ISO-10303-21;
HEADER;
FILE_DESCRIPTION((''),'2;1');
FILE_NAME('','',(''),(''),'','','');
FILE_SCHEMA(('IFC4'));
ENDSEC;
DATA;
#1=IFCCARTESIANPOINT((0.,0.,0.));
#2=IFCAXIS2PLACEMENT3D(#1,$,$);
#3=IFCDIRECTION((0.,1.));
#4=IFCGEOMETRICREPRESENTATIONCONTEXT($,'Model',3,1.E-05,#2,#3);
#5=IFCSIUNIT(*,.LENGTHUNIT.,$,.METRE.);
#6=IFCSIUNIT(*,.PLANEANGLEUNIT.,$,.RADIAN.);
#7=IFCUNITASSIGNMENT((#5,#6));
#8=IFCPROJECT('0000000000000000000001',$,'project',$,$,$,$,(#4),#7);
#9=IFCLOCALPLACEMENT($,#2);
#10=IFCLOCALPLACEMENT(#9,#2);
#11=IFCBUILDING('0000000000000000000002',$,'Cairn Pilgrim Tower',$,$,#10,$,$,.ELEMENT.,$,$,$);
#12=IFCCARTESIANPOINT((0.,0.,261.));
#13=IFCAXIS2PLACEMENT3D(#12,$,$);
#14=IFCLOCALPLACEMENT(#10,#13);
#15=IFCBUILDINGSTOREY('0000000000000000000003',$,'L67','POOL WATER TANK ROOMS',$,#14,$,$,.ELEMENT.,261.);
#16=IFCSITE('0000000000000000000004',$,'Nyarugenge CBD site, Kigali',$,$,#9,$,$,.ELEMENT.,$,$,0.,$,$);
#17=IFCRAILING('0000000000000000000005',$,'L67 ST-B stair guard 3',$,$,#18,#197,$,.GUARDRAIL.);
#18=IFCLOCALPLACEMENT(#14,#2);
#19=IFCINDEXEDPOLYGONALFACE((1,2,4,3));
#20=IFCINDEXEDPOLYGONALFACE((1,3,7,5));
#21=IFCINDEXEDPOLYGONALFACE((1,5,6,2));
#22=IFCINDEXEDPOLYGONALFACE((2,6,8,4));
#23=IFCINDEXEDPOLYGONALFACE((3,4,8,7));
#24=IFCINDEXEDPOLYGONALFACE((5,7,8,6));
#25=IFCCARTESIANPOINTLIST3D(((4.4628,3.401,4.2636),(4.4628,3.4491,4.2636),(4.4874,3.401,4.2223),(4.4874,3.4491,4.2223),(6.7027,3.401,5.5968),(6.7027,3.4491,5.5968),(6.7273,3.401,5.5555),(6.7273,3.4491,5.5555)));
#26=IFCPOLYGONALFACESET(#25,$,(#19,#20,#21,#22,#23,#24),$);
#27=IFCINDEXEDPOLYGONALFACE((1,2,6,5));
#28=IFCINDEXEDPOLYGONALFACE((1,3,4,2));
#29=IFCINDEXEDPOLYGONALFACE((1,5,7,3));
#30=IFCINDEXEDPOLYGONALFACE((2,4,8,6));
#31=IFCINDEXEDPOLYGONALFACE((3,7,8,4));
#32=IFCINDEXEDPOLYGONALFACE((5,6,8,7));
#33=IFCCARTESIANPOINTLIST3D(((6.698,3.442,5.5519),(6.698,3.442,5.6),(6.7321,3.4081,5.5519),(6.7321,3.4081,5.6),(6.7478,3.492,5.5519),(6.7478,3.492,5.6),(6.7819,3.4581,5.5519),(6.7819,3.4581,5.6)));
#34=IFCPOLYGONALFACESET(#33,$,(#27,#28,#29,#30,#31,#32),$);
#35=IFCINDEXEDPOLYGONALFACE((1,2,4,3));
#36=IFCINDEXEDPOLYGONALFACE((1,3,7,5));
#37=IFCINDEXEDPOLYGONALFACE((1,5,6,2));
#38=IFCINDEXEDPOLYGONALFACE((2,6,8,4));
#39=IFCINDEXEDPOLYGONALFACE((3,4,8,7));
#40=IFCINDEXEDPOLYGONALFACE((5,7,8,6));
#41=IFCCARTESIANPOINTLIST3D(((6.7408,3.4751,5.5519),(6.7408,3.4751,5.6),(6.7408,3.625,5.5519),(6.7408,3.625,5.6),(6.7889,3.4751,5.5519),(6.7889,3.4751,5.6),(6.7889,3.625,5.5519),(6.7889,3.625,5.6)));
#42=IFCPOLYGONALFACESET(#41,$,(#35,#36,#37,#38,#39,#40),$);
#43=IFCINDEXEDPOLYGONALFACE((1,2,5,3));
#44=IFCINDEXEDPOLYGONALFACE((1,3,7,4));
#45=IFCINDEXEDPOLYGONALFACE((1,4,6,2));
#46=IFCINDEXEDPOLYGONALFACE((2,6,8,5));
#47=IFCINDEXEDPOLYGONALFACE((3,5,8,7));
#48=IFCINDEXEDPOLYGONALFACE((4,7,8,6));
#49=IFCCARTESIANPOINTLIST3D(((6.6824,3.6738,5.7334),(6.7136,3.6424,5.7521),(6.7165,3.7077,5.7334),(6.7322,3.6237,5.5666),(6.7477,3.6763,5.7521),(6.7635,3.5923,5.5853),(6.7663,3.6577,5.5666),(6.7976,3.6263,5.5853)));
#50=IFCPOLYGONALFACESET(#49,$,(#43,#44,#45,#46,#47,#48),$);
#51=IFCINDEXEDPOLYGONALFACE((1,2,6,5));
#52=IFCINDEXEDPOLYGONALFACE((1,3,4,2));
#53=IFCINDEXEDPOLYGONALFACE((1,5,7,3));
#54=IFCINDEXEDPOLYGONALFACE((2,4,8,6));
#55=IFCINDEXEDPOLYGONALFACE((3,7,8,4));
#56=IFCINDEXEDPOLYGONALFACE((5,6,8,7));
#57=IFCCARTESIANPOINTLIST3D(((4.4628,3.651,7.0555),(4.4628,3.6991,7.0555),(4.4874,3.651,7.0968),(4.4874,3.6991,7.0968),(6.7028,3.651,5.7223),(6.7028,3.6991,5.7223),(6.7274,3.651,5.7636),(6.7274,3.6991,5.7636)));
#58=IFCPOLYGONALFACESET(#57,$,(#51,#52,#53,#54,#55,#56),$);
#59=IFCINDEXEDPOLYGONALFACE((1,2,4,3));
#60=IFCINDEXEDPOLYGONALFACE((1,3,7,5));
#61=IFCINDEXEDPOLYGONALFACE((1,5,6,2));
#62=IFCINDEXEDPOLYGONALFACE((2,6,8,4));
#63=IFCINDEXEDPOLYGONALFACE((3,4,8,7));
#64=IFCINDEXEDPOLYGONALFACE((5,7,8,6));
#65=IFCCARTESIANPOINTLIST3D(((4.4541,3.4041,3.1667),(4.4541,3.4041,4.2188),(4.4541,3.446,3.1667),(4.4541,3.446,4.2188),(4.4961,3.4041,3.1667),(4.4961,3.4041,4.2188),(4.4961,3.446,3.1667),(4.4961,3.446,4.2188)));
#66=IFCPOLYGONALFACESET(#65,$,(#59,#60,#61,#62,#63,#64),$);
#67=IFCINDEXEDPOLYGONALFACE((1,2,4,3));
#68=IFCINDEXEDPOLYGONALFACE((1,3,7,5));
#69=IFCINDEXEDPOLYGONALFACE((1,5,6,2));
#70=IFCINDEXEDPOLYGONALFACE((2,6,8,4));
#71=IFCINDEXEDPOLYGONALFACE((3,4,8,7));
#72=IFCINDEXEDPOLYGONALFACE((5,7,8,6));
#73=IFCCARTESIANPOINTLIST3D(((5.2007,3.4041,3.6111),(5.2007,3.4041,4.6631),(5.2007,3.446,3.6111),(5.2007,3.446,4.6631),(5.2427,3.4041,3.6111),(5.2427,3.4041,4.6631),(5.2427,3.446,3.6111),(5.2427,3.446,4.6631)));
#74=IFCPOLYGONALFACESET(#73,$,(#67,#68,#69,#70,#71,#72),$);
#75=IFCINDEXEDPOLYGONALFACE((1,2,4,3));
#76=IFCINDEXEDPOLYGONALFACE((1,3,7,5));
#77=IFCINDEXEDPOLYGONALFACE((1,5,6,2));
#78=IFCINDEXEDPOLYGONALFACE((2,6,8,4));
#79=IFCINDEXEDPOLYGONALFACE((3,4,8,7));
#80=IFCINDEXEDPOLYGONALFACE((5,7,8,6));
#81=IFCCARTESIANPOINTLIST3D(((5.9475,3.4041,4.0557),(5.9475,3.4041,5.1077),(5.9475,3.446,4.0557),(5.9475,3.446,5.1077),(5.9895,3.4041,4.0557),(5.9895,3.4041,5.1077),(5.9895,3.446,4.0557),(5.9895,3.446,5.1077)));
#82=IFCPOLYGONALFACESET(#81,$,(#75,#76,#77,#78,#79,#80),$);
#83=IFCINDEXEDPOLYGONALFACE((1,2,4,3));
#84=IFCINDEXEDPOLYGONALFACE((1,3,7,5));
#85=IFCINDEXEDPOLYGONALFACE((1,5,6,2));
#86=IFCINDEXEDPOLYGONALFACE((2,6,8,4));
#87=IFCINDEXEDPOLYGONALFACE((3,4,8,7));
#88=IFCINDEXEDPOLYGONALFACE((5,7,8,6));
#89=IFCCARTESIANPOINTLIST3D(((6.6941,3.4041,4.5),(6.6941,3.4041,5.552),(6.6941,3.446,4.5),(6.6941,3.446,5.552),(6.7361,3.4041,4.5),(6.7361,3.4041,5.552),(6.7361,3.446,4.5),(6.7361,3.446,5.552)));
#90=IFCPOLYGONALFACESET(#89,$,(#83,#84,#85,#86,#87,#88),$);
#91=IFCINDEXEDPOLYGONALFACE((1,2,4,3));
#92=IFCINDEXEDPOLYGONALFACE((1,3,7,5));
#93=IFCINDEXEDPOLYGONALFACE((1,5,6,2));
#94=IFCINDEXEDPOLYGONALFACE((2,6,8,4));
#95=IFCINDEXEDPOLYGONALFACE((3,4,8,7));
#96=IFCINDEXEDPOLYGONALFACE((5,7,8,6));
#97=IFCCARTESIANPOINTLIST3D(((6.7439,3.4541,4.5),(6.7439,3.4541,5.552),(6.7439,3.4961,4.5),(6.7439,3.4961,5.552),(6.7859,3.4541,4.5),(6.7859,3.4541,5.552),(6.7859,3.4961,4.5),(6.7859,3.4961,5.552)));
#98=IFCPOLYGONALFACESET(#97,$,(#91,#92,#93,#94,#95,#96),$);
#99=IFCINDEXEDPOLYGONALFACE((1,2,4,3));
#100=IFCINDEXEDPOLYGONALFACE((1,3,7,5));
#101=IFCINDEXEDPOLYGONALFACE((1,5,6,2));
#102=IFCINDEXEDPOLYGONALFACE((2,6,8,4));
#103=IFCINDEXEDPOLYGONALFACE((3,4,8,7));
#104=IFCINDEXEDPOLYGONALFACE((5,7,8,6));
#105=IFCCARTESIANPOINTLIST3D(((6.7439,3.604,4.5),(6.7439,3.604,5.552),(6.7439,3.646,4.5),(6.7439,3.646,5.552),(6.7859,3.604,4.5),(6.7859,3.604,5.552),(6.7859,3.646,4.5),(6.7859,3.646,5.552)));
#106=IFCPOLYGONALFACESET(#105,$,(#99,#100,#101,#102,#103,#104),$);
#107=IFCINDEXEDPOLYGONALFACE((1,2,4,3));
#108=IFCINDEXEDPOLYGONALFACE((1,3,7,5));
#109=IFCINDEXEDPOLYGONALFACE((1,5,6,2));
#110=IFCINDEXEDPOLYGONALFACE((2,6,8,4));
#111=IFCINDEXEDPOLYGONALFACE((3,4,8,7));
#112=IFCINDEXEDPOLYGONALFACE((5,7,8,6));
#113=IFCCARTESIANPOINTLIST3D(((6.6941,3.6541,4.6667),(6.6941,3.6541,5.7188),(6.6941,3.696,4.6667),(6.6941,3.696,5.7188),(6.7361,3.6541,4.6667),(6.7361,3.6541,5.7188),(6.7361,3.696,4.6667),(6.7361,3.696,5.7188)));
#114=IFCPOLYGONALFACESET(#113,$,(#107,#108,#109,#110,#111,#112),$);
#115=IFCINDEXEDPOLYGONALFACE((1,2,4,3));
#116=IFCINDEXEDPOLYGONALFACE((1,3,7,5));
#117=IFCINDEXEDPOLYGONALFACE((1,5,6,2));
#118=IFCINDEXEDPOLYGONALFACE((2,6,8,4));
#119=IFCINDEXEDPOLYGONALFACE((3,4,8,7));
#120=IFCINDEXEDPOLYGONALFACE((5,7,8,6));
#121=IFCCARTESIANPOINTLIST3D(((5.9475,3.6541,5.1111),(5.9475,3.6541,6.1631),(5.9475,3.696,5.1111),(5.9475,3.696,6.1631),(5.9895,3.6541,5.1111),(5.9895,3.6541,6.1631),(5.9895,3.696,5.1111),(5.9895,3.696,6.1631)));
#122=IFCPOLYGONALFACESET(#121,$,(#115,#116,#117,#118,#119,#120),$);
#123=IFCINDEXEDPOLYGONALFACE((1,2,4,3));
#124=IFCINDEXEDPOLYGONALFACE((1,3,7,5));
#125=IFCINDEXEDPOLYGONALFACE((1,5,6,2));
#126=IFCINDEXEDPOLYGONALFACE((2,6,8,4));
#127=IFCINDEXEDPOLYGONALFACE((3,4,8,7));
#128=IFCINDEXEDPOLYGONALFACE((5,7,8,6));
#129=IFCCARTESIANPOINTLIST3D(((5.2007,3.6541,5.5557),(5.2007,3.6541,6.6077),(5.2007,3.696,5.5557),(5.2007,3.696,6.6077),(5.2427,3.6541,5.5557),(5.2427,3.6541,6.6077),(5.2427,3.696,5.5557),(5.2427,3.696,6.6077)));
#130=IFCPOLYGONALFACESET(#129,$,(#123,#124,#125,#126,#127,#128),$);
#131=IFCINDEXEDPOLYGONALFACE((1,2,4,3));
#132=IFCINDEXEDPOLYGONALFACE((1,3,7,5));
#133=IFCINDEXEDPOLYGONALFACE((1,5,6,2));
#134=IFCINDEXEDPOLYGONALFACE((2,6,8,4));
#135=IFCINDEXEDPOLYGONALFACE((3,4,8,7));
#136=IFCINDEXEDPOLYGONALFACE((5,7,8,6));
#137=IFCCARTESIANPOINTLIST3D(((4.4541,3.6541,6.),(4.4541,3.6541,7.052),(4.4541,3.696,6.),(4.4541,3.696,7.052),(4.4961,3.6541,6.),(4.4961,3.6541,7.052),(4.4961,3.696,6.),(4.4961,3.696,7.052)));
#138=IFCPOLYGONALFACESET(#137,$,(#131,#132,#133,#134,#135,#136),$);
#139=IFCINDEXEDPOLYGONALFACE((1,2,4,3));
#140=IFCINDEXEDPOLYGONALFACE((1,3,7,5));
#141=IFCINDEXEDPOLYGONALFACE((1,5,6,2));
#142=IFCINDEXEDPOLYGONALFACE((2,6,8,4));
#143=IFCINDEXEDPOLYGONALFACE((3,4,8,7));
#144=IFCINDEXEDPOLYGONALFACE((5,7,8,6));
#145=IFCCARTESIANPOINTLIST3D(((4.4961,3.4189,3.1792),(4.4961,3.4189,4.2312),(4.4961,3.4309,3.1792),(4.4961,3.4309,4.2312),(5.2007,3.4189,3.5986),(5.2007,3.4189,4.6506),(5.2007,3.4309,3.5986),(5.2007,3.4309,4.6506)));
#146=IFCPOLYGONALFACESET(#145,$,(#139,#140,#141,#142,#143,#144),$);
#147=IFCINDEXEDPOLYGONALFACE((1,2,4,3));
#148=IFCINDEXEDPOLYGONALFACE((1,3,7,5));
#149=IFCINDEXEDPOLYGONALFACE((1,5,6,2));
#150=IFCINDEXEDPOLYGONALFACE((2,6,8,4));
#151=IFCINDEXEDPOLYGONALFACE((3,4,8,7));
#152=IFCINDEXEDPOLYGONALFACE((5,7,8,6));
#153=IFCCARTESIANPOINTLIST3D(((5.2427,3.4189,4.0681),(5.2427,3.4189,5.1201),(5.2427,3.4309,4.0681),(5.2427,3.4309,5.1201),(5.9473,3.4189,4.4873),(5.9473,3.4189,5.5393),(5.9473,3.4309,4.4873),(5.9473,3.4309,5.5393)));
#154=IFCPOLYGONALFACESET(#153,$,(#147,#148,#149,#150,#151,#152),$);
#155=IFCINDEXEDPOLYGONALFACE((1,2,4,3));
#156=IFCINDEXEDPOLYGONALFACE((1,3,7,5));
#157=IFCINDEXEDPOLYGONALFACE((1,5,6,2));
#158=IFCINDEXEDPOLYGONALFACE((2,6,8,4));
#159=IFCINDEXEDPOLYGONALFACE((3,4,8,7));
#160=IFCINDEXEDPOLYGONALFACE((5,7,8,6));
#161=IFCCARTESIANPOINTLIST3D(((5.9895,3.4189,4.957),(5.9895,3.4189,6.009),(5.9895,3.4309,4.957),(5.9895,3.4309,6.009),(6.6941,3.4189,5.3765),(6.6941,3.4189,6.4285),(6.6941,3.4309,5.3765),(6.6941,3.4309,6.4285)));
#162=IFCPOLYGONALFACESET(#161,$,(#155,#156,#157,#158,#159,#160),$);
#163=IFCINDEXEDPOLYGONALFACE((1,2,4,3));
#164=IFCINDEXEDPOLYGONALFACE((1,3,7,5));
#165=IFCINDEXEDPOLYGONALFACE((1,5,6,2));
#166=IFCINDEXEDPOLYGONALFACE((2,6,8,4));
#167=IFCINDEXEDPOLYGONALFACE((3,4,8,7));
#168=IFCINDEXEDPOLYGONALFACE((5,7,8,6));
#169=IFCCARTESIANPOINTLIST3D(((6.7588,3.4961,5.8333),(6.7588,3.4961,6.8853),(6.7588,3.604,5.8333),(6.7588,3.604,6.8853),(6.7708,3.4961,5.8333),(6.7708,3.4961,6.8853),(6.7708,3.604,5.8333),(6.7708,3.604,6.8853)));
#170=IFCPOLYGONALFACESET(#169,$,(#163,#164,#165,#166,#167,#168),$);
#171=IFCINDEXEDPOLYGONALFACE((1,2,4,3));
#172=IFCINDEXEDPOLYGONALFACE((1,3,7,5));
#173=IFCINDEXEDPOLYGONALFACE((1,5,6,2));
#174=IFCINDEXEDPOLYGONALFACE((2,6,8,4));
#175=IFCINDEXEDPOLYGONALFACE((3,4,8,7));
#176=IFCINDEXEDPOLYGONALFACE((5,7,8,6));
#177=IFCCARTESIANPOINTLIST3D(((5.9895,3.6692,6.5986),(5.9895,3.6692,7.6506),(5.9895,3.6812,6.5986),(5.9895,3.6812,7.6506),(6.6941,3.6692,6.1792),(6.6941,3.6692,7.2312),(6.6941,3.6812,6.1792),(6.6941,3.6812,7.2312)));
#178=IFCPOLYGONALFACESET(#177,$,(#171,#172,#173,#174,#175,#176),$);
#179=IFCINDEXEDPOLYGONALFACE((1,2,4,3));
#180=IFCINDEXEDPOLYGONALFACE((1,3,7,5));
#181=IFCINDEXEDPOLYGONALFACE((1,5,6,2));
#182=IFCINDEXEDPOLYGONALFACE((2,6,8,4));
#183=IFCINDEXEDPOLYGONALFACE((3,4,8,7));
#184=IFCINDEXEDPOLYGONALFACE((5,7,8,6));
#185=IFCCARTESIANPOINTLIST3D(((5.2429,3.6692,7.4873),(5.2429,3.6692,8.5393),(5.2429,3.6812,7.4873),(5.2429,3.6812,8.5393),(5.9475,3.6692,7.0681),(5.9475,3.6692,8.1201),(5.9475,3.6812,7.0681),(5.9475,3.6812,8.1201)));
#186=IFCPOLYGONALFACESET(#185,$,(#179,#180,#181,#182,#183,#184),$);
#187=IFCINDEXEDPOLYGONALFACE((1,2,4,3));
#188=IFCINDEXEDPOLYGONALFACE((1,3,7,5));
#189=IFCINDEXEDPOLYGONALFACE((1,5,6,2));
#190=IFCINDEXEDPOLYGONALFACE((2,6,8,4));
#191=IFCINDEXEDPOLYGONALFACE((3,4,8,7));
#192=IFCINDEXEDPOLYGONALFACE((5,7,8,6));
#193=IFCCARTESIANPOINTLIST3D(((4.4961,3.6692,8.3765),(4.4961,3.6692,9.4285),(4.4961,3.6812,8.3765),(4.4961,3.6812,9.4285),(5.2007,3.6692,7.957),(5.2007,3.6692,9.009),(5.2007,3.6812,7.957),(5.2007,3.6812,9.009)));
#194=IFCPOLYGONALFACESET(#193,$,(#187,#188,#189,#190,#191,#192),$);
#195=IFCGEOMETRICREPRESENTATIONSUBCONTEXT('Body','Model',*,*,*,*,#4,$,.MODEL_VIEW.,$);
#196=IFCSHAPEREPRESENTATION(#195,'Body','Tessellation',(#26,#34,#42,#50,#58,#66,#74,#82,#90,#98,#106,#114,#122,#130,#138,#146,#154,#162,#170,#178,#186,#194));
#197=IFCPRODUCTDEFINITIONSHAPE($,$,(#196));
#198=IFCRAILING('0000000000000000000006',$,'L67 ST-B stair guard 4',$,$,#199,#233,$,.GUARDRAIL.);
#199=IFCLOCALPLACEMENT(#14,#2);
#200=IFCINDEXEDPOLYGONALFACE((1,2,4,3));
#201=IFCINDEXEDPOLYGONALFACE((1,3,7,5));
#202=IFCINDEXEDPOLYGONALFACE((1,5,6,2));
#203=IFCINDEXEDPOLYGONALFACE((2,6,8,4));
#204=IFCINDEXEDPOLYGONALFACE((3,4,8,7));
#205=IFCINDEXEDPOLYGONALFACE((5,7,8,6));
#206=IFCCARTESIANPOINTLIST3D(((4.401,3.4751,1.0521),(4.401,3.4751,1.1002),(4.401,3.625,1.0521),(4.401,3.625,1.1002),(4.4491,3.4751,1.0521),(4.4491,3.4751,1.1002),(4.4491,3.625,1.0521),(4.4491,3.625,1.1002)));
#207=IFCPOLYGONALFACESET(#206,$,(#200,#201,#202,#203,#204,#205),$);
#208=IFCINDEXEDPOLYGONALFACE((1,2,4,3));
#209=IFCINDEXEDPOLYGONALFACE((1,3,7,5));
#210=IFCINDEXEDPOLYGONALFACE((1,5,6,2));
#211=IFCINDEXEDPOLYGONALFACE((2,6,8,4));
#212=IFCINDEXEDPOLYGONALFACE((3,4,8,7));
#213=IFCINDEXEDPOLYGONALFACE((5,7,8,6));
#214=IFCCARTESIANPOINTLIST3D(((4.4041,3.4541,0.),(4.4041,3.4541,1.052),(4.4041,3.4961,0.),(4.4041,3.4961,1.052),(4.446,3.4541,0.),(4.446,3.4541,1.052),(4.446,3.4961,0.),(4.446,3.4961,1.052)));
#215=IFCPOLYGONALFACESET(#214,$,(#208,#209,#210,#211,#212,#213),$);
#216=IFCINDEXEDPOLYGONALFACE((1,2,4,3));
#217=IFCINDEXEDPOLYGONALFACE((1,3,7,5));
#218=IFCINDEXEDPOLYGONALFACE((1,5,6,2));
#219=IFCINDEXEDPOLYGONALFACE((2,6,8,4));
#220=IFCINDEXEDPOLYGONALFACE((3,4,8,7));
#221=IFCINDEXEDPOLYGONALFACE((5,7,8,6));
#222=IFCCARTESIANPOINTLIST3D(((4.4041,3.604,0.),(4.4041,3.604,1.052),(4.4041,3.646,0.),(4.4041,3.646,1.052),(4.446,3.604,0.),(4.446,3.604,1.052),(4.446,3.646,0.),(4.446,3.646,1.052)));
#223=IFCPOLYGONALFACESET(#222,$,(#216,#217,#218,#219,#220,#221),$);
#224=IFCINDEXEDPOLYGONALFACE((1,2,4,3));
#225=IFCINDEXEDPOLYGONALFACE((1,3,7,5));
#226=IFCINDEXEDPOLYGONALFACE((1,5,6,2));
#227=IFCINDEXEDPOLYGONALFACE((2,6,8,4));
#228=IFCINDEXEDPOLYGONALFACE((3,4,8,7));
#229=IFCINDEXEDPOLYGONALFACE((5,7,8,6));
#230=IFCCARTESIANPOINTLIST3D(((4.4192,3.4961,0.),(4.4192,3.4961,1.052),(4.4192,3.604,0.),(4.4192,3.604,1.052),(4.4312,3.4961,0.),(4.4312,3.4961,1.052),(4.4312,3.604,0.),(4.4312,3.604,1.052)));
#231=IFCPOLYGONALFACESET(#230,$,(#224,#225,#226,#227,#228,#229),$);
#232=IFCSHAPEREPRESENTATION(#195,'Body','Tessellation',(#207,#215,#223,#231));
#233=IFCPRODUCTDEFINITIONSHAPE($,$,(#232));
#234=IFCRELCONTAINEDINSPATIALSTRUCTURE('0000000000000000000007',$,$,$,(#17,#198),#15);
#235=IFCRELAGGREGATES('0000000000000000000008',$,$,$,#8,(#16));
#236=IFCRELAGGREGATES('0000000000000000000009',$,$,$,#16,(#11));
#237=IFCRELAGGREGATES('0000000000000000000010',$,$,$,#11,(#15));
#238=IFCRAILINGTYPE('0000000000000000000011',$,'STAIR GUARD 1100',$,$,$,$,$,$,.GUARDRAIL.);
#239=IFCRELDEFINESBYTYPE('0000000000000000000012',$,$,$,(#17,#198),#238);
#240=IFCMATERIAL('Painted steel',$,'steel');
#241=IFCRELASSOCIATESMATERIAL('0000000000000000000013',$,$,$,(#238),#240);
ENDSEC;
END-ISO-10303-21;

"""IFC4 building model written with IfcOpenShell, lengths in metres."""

from ifc_helpers import new_model, si_unit, direction, frame, origin, origin_2d, place, context, subcontext, project, spatial, polyline, rectangle, outline, extrude, material, type_object, element, save


model = new_model("IFC4")

# Units and contexts
model_context = context("Model", 3, precision=1e-05, world=origin(), true_north=direction((0.0, 1.0)))
body_context = subcontext(model_context, "Body", "Model", "MODEL_VIEW")
ifc_project = project(units=[si_unit("LENGTHUNIT", "METRE"), si_unit("PLANEANGLEUNIT", "RADIAN")], contexts=[model_context])

# Site, building, storey
site_placement = place(None, origin())
site = spatial("IfcSite", under=ifc_project, at=site_placement, Name="Nyarugenge CBD site, Kigali", CompositionType="ELEMENT", RefElevation=0.0)
building_placement = place(site_placement, origin())
building = spatial("IfcBuilding", under=site, at=building_placement, Name="Cairn Pilgrim Tower", CompositionType="ELEMENT")
storey_placement = place(building_placement, frame((0.0, 0.0, 261.0)))
storey = spatial("IfcBuildingStorey", under=building, at=storey_placement, Name="L67", Description="POOL WATER TANK ROOMS", CompositionType="ELEMENT", Elevation=261.0)

# Shared definitions
ifc_material_1 = material(Name="Painted steel", Category="steel")

# Railings
railing_type_1 = type_object("IfcRailingType", Name="STAIR GUARD 1100", PredefinedType="GUARDRAIL", material=ifc_material_1)
railing_1_placement = place(storey_placement, frame((4.4751, 3.425, 3.1667)))
element("IfcRailing", 1, at=railing_1_placement, inside=storey, type_object=railing_type_1, Name="L67 ST-B stair guard 3", PredefinedType="GUARDRAIL", context=body_context, shape_type="SweptSolid", body=[
    extrude(rectangle(XDim=0.0481, YDim=0.0481, at=origin_2d()), frame((0.0, 0.0, 1.0762), z_axis=(0.859306, 0.0, 0.511462), x_axis=(0.0, 1.0, 0.0)), (0.0, 0.0, 1.0), 2.6067),
    extrude(rectangle(XDim=0.0481, YDim=0.0481, at=origin_2d()), frame((2.24, 0.0, 2.4092), z_axis=(0.705376, 0.708834, 0.0), x_axis=(-0.708834, 0.705376, 0.0)), (0.0, 0.0, 1.0), 0.0706),
    extrude(rectangle(XDim=0.0481, YDim=0.0481, at=origin_2d()), frame((2.2898, 0.05, 2.4092), z_axis=(0.0, 1.0, 0.0), x_axis=(-1.0, 0.0, 0.0)), (0.0, 0.0, 1.0), 0.1499),
    extrude(rectangle(XDim=0.0481, YDim=0.0481, at=origin_2d()), frame((2.2898, 0.2, 2.4092), z_axis=(-0.275041, 0.276389, 0.920848), x_axis=(-0.708834, -0.705376, 0.0)), (0.0, 0.0, 1.0), 0.1812),
    extrude(rectangle(XDim=0.0481, YDim=0.0481, at=origin_2d()), frame((2.24, 0.25, 2.5762), z_axis=(-0.859306, 0.0, 0.511462), x_axis=(0.0, -1.0, 0.0)), (0.0, 0.0, 1.0), 2.6067),
    extrude(rectangle(XDim=0.042, YDim=0.042, at=origin_2d()), origin(), (0.0, 0.0, 1.0), 1.052),
    extrude(rectangle(XDim=0.042, YDim=0.042, at=origin_2d()), frame((0.7466, 0.0, 0.4443)), (0.0, 0.0, 1.0), 1.052),
    extrude(rectangle(XDim=0.042, YDim=0.042, at=origin_2d()), frame((1.4934, 0.0, 0.8889)), (0.0, 0.0, 1.0), 1.052),
    extrude(rectangle(XDim=0.042, YDim=0.042, at=origin_2d()), frame((2.24, 0.0, 1.3333)), (0.0, 0.0, 1.0), 1.052),
    extrude(rectangle(XDim=0.042, YDim=0.042, at=origin_2d()), frame((2.2898, 0.05, 1.3333)), (0.0, 0.0, 1.0), 1.052),
    extrude(rectangle(XDim=0.042, YDim=0.042, at=origin_2d()), frame((2.2898, 0.2, 1.3333)), (0.0, 0.0, 1.0), 1.052),
    extrude(rectangle(XDim=0.042, YDim=0.042, at=origin_2d()), frame((2.24, 0.25, 1.5)), (0.0, 0.0, 1.0), 1.052),
    extrude(rectangle(XDim=0.042, YDim=0.042, at=origin_2d()), frame((1.4934, 0.25, 1.9443)), (0.0, 0.0, 1.0), 1.052),
    extrude(rectangle(XDim=0.042, YDim=0.042, at=origin_2d()), frame((0.7466, 0.25, 2.3889)), (0.0, 0.0, 1.0), 1.052),
    extrude(rectangle(XDim=0.042, YDim=0.042, at=origin_2d()), frame((0.0, 0.25, 2.8333)), (0.0, 0.0, 1.0), 1.052),
    extrude(outline(polyline([(0.021, 0.0125), (0.7256, 0.4319), (0.7256, 1.4839), (0.021, 1.0645), (0.021, 0.0125)])), frame((0.0, 0.0059, 0.0), z_axis=(0.0, -1.0, 0.0), x_axis=(1.0, 0.0, 0.0)), (0.0, 0.0, 1.0), 0.012),
    extrude(outline(polyline([(0.021, 0.457), (0.7256, 0.8762), (0.7256, 1.9282), (0.021, 1.509), (0.021, 0.457)])), frame((0.7466, 0.0059, 0.4443), z_axis=(0.0, -1.0, 0.0), x_axis=(1.0, 0.0, 0.0)), (0.0, 0.0, 1.0), 0.012),
    extrude(outline(polyline([(0.021, 0.9014), (0.7256, 1.3208), (0.7256, 2.3728), (0.021, 1.9534), (0.021, 0.9014)])), frame((1.4934, 0.0059, 0.8889), z_axis=(0.0, -1.0, 0.0), x_axis=(1.0, 0.0, 0.0)), (0.0, 0.0, 1.0), 0.012),
    extrude(outline(polyline([(0.021, 1.3333), (0.1289, 1.3333), (0.1289, 2.3853), (0.021, 2.3853), (0.021, 1.3333)])), frame((2.2837, 0.05, 1.3333), z_axis=(1.0, 0.0, 0.0), x_axis=(0.0, 1.0, 0.0)), (0.0, 0.0, 1.0), 0.012),
    extrude(outline(polyline([(0.021, 1.5125), (0.7256, 1.9319), (0.7256, 2.9839), (0.021, 2.5645), (0.021, 1.5125)])), frame((2.24, 0.2441, 1.5), z_axis=(0.0, 1.0, 0.0), x_axis=(-1.0, 0.0, 0.0)), (0.0, 0.0, 1.0), 0.012),
    extrude(outline(polyline([(0.021, 1.957), (0.7256, 2.3762), (0.7256, 3.4282), (0.021, 3.009), (0.021, 1.957)])), frame((1.4934, 0.2441, 1.9443), z_axis=(0.0, 1.0, 0.0), x_axis=(-1.0, 0.0, 0.0)), (0.0, 0.0, 1.0), 0.012),
    extrude(outline(polyline([(0.021, 2.4014), (0.7256, 2.8208), (0.7256, 3.8728), (0.021, 3.4534), (0.021, 2.4014)])), frame((0.7466, 0.2441, 2.3889), z_axis=(0.0, 1.0, 0.0), x_axis=(-1.0, 0.0, 0.0)), (0.0, 0.0, 1.0), 0.012),
])
railing_2_placement = place(storey_placement, frame((4.425, 3.4751, 0.0)))
element("IfcRailing", 2, at=railing_2_placement, inside=storey, type_object=railing_type_1, Name="L67 ST-B stair guard 4", PredefinedType="GUARDRAIL", context=body_context, shape_type="SweptSolid", body=[
    extrude(rectangle(XDim=0.0481, YDim=0.0481, at=origin_2d()), frame((0.0, 0.0, 1.0762), z_axis=(0.0, 1.0, 0.0), x_axis=(-1.0, 0.0, 0.0)), (0.0, 0.0, 1.0), 0.1499),
    extrude(rectangle(XDim=0.042, YDim=0.042, at=origin_2d()), origin(), (0.0, 0.0, 1.0), 1.052),
    extrude(rectangle(XDim=0.042, YDim=0.042, at=origin_2d()), frame((0.0, 0.1499, 0.0)), (0.0, 0.0, 1.0), 1.052),
    extrude(outline(polyline([(0.021, 0.0), (0.1289, 0.0), (0.1289, 1.052), (0.021, 1.052), (0.021, 0.0)])), frame((-0.0059, 0.0, 0.0), z_axis=(1.0, 0.0, 0.0), x_axis=(0.0, 1.0, 0.0)), (0.0, 0.0, 1.0), 0.012),
])

save(model, "model.ifc")
